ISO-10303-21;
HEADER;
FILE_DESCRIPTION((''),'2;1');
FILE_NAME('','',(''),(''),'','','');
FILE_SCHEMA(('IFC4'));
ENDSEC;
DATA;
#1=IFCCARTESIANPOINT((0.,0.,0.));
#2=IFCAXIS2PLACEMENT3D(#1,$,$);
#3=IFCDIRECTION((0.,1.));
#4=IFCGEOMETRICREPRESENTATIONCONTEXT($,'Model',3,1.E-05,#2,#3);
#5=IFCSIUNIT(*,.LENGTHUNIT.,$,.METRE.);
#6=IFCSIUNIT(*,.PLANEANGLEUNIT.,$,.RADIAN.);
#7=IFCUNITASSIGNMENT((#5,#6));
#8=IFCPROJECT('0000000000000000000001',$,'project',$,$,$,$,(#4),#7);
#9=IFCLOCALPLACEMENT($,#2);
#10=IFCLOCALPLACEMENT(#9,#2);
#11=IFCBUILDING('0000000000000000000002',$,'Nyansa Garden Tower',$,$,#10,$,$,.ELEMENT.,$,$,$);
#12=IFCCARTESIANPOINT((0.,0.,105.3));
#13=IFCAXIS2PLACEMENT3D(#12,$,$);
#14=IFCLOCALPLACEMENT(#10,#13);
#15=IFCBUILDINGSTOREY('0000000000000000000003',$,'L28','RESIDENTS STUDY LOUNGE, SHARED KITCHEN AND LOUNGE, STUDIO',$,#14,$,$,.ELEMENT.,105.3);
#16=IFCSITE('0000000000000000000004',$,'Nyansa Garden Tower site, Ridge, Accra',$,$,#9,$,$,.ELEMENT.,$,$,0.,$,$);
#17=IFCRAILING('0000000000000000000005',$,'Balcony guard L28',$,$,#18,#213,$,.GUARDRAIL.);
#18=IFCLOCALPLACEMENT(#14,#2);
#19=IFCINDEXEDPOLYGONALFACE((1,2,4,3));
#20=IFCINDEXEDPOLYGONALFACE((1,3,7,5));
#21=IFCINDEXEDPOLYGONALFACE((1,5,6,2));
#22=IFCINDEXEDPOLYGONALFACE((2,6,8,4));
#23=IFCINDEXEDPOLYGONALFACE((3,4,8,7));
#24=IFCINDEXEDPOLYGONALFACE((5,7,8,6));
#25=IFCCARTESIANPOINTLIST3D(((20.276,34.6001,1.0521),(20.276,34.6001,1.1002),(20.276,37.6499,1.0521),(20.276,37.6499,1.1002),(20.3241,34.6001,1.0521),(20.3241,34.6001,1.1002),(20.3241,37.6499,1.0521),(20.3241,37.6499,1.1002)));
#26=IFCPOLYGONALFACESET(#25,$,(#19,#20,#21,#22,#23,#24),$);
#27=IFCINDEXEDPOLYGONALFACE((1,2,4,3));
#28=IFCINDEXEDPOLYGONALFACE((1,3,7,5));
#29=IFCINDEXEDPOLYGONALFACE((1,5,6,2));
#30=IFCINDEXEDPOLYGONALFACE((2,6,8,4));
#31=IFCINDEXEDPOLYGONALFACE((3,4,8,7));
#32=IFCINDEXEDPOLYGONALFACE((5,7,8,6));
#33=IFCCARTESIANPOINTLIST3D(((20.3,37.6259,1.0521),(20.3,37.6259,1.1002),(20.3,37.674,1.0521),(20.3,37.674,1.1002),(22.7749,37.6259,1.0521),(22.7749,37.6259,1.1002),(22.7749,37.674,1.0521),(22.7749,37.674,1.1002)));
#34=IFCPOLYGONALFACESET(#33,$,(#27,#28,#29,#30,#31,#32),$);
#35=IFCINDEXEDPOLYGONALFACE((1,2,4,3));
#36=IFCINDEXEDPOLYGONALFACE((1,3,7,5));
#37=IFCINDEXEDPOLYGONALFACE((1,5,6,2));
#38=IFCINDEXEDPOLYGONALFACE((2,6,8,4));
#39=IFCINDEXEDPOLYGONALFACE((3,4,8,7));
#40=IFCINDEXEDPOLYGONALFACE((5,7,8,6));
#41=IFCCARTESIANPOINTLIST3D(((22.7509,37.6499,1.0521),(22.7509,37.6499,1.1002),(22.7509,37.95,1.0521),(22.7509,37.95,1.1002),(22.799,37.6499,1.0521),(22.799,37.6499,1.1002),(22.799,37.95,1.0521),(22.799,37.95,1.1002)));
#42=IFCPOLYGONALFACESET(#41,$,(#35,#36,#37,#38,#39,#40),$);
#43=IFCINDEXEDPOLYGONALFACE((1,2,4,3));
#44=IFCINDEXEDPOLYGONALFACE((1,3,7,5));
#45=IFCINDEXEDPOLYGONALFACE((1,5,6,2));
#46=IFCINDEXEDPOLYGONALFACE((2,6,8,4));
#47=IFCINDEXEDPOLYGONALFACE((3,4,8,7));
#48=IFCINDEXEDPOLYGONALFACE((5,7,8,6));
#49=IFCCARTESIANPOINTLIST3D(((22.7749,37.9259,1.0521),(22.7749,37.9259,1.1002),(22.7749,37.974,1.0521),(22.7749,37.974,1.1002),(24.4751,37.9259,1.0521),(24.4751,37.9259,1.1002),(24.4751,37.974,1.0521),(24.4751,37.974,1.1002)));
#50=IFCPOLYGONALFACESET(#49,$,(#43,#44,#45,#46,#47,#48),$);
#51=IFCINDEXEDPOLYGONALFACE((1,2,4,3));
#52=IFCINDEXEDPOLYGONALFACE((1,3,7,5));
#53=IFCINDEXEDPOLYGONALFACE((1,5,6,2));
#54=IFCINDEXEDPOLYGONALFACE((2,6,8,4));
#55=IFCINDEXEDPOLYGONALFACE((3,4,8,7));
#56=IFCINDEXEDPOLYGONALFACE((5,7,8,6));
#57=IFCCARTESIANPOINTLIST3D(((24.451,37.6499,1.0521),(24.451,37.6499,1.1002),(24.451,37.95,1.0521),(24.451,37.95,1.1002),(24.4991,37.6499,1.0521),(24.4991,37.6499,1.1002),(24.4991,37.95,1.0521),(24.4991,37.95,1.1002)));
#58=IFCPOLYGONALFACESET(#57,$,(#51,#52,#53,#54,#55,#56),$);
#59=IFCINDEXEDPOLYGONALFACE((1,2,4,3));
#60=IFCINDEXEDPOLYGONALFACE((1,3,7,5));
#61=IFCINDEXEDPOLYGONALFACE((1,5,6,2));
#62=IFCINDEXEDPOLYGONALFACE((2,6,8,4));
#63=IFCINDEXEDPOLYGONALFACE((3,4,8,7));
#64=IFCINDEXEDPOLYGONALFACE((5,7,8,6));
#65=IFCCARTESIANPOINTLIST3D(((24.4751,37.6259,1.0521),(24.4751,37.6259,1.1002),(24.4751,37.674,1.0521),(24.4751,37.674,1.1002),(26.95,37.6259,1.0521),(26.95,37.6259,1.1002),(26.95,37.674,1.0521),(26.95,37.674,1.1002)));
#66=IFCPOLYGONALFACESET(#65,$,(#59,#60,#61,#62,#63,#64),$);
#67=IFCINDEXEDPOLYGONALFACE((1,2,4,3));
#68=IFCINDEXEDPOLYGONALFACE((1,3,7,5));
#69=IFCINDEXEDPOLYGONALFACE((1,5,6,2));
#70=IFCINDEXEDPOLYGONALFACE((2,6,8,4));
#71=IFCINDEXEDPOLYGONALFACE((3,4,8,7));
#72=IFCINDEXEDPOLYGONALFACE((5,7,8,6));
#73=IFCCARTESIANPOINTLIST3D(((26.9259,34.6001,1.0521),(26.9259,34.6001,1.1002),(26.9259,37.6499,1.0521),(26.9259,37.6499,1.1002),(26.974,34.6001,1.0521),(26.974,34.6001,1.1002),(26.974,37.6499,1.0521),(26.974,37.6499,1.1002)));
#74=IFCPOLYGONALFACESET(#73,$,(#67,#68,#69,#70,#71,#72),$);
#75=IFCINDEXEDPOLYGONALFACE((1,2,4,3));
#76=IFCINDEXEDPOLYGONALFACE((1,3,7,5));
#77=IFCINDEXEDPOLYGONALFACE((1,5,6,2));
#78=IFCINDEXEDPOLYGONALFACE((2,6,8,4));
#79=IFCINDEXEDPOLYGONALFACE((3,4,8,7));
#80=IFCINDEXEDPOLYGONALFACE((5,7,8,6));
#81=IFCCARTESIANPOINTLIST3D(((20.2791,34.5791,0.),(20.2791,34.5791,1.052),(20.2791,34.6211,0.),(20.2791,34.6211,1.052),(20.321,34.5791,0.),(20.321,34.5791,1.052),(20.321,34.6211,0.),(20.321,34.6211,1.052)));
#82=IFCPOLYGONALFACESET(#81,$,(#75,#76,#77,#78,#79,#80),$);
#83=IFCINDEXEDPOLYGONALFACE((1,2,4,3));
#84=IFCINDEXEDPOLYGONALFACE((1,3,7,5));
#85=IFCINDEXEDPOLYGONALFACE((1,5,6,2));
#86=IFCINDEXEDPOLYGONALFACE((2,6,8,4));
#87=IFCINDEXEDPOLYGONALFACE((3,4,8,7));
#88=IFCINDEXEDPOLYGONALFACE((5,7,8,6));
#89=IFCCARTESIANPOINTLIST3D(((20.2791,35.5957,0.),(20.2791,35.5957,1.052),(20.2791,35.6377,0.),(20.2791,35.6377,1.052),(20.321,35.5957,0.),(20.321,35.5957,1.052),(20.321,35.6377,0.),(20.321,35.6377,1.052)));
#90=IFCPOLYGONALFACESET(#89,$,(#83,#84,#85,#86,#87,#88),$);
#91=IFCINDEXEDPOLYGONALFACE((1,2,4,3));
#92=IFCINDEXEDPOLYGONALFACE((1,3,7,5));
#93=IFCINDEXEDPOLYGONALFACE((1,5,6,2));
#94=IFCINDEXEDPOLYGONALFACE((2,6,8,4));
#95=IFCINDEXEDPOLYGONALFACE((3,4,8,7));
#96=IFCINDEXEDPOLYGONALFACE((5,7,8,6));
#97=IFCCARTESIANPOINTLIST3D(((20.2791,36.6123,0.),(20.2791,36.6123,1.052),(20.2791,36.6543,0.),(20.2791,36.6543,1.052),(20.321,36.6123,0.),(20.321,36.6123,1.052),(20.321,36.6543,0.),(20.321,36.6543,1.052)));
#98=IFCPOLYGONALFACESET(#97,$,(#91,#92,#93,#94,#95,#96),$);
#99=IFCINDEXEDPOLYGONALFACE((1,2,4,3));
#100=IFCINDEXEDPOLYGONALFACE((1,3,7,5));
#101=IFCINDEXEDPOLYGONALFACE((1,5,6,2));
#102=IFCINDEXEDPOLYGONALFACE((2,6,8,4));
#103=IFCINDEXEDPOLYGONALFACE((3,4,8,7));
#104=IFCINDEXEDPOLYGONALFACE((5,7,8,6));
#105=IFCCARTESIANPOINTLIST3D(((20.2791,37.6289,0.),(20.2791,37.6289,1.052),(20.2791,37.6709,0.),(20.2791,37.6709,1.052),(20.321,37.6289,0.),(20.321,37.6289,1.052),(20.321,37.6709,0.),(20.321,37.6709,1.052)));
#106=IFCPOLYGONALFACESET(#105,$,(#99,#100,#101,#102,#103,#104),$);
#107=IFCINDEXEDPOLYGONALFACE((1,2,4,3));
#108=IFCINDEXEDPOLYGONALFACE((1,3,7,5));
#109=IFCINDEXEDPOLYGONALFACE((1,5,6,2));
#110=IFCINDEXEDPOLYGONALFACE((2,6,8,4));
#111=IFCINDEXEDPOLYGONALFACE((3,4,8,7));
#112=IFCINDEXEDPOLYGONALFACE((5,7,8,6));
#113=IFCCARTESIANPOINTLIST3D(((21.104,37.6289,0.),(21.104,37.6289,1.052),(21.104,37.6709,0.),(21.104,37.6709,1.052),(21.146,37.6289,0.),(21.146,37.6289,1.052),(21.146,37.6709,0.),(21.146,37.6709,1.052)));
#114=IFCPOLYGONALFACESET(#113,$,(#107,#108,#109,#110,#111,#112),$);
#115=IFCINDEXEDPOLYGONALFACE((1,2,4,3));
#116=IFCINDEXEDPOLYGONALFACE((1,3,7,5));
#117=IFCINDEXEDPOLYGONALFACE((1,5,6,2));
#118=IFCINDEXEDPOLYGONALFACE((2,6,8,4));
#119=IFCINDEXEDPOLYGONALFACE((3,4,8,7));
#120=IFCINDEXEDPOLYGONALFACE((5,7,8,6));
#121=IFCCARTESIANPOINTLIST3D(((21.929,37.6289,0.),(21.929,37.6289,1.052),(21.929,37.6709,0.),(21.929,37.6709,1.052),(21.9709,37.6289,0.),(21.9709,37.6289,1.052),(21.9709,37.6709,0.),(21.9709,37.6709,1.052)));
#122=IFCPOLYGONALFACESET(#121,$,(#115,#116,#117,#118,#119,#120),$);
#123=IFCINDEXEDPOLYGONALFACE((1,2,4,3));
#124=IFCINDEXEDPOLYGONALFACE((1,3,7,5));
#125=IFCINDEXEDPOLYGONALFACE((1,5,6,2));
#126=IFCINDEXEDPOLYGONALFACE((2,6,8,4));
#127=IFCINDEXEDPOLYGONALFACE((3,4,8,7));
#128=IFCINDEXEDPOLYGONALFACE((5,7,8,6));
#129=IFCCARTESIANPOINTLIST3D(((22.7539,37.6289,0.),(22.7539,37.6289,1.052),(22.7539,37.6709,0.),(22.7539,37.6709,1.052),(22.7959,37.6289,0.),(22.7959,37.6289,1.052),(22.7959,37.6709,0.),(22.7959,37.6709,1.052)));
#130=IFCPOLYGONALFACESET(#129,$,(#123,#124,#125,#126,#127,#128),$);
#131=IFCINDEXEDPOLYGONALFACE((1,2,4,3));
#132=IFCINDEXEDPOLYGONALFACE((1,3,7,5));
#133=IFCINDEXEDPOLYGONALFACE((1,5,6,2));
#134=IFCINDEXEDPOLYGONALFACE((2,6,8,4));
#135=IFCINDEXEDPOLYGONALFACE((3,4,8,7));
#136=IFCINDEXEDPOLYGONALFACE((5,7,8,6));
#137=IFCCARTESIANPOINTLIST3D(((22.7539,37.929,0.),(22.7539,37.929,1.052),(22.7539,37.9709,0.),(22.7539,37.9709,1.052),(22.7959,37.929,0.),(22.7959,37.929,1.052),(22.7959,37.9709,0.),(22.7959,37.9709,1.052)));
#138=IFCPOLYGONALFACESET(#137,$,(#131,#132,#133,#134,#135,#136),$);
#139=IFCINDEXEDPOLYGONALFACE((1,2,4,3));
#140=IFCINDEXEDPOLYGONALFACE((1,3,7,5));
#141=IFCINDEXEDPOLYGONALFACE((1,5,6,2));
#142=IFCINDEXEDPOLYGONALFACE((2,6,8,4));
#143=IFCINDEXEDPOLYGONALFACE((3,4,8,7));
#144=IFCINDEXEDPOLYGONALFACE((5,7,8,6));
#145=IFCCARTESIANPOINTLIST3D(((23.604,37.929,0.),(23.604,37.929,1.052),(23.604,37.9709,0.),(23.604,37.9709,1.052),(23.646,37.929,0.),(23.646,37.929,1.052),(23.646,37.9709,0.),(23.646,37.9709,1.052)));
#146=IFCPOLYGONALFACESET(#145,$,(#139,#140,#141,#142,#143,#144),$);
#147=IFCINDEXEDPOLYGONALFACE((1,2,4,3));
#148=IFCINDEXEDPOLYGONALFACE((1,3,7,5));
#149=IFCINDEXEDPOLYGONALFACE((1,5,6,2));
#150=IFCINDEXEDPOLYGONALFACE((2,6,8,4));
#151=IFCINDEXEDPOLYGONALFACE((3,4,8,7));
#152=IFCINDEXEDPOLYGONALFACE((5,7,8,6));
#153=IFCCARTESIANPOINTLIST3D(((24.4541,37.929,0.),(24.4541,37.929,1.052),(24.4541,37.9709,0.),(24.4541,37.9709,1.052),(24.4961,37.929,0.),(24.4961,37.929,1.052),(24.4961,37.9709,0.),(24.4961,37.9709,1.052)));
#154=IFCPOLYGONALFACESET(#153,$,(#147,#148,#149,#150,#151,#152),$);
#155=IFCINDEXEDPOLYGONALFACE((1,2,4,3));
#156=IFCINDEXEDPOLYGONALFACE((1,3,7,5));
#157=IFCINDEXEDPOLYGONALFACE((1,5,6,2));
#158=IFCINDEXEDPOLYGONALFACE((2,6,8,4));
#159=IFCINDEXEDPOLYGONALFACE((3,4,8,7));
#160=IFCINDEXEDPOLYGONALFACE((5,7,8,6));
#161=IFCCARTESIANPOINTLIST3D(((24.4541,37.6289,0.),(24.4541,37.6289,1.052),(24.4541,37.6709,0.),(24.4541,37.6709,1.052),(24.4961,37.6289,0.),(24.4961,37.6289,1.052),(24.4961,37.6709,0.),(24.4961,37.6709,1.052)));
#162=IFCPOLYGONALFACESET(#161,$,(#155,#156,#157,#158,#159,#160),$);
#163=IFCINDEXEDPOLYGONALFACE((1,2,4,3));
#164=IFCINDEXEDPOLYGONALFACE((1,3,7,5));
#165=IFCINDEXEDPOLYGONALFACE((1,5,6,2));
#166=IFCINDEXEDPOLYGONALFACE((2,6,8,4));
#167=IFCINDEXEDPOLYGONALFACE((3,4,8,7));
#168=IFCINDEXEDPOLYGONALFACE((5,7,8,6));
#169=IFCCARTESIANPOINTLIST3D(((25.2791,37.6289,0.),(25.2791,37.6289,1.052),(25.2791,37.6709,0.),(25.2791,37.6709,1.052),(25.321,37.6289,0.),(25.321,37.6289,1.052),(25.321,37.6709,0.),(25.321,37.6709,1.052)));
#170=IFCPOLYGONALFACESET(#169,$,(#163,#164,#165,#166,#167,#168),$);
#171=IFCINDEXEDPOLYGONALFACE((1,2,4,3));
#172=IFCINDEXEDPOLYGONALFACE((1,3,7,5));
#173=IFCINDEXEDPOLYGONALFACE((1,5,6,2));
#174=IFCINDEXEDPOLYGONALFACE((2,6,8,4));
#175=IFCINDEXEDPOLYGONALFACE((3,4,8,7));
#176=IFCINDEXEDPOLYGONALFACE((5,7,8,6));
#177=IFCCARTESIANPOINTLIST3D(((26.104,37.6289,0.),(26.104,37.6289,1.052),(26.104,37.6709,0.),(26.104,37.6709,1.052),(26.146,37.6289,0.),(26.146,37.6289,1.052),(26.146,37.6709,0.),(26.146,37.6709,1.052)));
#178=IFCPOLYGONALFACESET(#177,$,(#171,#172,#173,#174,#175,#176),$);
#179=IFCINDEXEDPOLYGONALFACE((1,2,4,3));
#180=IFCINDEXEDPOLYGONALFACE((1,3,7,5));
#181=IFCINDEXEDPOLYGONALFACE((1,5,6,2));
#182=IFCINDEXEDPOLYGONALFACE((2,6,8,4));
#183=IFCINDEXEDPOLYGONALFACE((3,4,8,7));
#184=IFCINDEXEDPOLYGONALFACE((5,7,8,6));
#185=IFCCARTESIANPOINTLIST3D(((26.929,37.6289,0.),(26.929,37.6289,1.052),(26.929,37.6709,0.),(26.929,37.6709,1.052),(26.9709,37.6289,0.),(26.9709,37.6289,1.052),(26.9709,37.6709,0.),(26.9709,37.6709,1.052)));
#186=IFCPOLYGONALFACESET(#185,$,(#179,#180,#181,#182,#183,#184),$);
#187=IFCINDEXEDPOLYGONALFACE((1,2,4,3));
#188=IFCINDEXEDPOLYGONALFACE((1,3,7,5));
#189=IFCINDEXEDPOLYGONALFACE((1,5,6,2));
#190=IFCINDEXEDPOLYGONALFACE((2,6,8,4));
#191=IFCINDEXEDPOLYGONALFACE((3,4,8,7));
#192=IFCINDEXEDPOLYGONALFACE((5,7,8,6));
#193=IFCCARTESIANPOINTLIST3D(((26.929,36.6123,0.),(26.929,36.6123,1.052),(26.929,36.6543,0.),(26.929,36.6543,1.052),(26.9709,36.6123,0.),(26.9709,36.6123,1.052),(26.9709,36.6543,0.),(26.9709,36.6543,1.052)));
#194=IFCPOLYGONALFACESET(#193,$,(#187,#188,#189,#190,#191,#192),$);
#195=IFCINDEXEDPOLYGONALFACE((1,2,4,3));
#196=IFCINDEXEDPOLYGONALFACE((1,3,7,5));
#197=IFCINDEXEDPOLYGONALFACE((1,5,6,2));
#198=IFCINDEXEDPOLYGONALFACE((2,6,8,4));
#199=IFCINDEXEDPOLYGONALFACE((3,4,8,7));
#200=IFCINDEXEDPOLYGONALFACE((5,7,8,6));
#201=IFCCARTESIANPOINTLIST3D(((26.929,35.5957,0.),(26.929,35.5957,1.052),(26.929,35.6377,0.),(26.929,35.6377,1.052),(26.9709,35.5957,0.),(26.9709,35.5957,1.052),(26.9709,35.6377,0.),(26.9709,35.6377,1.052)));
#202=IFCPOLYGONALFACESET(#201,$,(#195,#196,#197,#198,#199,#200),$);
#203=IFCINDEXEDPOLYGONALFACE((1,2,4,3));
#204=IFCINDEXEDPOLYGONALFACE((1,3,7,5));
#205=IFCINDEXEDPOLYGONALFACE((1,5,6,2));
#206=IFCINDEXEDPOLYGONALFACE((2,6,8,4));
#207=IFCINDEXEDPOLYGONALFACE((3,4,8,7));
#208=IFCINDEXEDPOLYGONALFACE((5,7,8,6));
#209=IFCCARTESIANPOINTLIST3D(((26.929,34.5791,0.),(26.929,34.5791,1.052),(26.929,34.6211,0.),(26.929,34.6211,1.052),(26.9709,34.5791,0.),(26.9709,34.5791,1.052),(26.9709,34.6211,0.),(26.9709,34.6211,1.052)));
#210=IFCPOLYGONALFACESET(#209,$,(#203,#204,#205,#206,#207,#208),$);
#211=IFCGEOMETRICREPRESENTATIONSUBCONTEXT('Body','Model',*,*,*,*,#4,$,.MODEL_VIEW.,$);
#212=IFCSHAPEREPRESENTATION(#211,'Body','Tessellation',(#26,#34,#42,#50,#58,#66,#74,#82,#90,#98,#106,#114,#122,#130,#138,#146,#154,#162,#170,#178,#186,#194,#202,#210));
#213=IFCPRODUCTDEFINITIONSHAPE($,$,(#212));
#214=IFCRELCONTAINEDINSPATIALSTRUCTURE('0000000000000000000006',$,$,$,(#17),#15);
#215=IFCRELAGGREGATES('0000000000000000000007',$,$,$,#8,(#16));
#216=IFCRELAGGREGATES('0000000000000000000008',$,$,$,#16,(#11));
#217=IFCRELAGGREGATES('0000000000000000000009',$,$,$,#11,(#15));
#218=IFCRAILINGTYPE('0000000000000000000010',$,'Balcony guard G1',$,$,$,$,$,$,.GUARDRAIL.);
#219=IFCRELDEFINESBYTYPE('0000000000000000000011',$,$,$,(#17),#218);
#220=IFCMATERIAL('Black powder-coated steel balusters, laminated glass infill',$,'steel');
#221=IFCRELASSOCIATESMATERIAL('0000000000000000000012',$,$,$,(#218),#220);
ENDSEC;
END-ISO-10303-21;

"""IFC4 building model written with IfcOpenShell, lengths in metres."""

from ifc_helpers import new_model, si_unit, direction, frame, origin, origin_2d, place, context, subcontext, project, spatial, rectangle, extrude, material, type_object, element, save


model = new_model("IFC4")

# Units and contexts
model_context = context("Model", 3, precision=1e-05, world=origin(), true_north=direction((0.0, 1.0)))
body_context = subcontext(model_context, "Body", "Model", "MODEL_VIEW")
ifc_project = project(units=[si_unit("LENGTHUNIT", "METRE"), si_unit("PLANEANGLEUNIT", "RADIAN")], contexts=[model_context])

# Site, building, storey
site_placement = place(None, origin())
site = spatial("IfcSite", under=ifc_project, at=site_placement, Name="Nyansa Garden Tower site, Ridge, Accra", CompositionType="ELEMENT", RefElevation=0.0)
building_placement = place(site_placement, origin())
building = spatial("IfcBuilding", under=site, at=building_placement, Name="Nyansa Garden Tower", CompositionType="ELEMENT")
storey_placement = place(building_placement, frame((0.0, 0.0, 105.3)))
storey = spatial("IfcBuildingStorey", under=building, at=storey_placement, Name="L28", Description="RESIDENTS STUDY LOUNGE, SHARED KITCHEN AND LOUNGE, STUDIO", CompositionType="ELEMENT", Elevation=105.3)

# Railing
ifc_material_1 = material(Name="Black powder-coated steel balusters, laminated glass infill", Category="steel")
railing_type = type_object("IfcRailingType", Name="Balcony guard G1", PredefinedType="GUARDRAIL", material=ifc_material_1)
railing_placement = place(storey_placement, frame((20.3, 34.6001, 0.0)))
element("IfcRailing", 1, at=railing_placement, inside=storey, type_object=railing_type, Name="Balcony guard L28", PredefinedType="GUARDRAIL", context=body_context, shape_type="SweptSolid", body=[
    extrude(rectangle(XDim=0.0481, YDim=0.0481, at=origin_2d()), frame((0.0, 0.0, 1.0762), z_axis=(0.0, 1.0, 0.0), x_axis=(-1.0, 0.0, 0.0)), (0.0, 0.0, 1.0), 3.0498),
    extrude(rectangle(XDim=0.0481, YDim=0.0481, at=origin_2d()), frame((0.0, 3.0498, 1.0762), z_axis=(1.0, 0.0, 0.0), x_axis=(0.0, 1.0, 0.0)), (0.0, 0.0, 1.0), 2.4749),
    extrude(rectangle(XDim=0.0481, YDim=0.0481, at=origin_2d()), frame((2.4749, 3.0498, 1.0762), z_axis=(0.0, 1.0, 0.0), x_axis=(-1.0, 0.0, 0.0)), (0.0, 0.0, 1.0), 0.3),
    extrude(rectangle(XDim=0.0481, YDim=0.0481, at=origin_2d()), frame((2.4749, 3.3499, 1.0762), z_axis=(1.0, 0.0, 0.0), x_axis=(0.0, 1.0, 0.0)), (0.0, 0.0, 1.0), 1.7002),
    extrude(rectangle(XDim=0.0481, YDim=0.0481, at=origin_2d()), frame((4.175, 3.3499, 1.0762), z_axis=(0.0, -1.0, 0.0), x_axis=(1.0, 0.0, 0.0)), (0.0, 0.0, 1.0), 0.3),
    extrude(rectangle(XDim=0.0481, YDim=0.0481, at=origin_2d()), frame((4.175, 3.0498, 1.0762), z_axis=(1.0, 0.0, 0.0), x_axis=(0.0, 1.0, 0.0)), (0.0, 0.0, 1.0), 2.4749),
    extrude(rectangle(XDim=0.0481, YDim=0.0481, at=origin_2d()), frame((6.6499, 3.0498, 1.0762), z_axis=(0.0, -1.0, 0.0), x_axis=(1.0, 0.0, 0.0)), (0.0, 0.0, 1.0), 3.0498),
    extrude(rectangle(XDim=0.042, YDim=0.042, at=origin_2d()), origin(), (0.0, 0.0, 1.0), 1.052),
    extrude(rectangle(XDim=0.042, YDim=0.042, at=origin_2d()), frame((0.0, 1.0166, 0.0)), (0.0, 0.0, 1.0), 1.052),
    extrude(rectangle(XDim=0.042, YDim=0.042, at=origin_2d()), frame((0.0, 2.0332, 0.0)), (0.0, 0.0, 1.0), 1.052),
    extrude(rectangle(XDim=0.042, YDim=0.042, at=origin_2d()), frame((0.0, 3.0498, 0.0)), (0.0, 0.0, 1.0), 1.052),
    extrude(rectangle(XDim=0.042, YDim=0.042, at=origin_2d()), frame((0.825, 3.0498, 0.0)), (0.0, 0.0, 1.0), 1.052),
    extrude(rectangle(XDim=0.042, YDim=0.042, at=origin_2d()), frame((1.6499, 3.0498, 0.0)), (0.0, 0.0, 1.0), 1.052),
    extrude(rectangle(XDim=0.042, YDim=0.042, at=origin_2d()), frame((2.4749, 3.0498, 0.0)), (0.0, 0.0, 1.0), 1.052),
    extrude(rectangle(XDim=0.042, YDim=0.042, at=origin_2d()), frame((2.4749, 3.3499, 0.0)), (0.0, 0.0, 1.0), 1.052),
    extrude(rectangle(XDim=0.042, YDim=0.042, at=origin_2d()), frame((3.325, 3.3499, 0.0)), (0.0, 0.0, 1.0), 1.052),
    extrude(rectangle(XDim=0.042, YDim=0.042, at=origin_2d()), frame((4.175, 3.3499, 0.0)), (0.0, 0.0, 1.0), 1.052),
    extrude(rectangle(XDim=0.042, YDim=0.042, at=origin_2d()), frame((4.175, 3.0498, 0.0)), (0.0, 0.0, 1.0), 1.052),
    extrude(rectangle(XDim=0.042, YDim=0.042, at=origin_2d()), frame((5.0, 3.0498, 0.0)), (0.0, 0.0, 1.0), 1.052),
    extrude(rectangle(XDim=0.042, YDim=0.042, at=origin_2d()), frame((5.825, 3.0498, 0.0)), (0.0, 0.0, 1.0), 1.052),
    extrude(rectangle(XDim=0.042, YDim=0.042, at=origin_2d()), frame((6.6499, 3.0498, 0.0)), (0.0, 0.0, 1.0), 1.052),
    extrude(rectangle(XDim=0.042, YDim=0.042, at=origin_2d()), frame((6.6499, 2.0332, 0.0)), (0.0, 0.0, 1.0), 1.052),
    extrude(rectangle(XDim=0.042, YDim=0.042, at=origin_2d()), frame((6.6499, 1.0166, 0.0)), (0.0, 0.0, 1.0), 1.052),
    extrude(rectangle(XDim=0.042, YDim=0.042, at=origin_2d()), frame((6.6499, 0.0, 0.0)), (0.0, 0.0, 1.0), 1.052),
])

save(model, "model.ifc")
